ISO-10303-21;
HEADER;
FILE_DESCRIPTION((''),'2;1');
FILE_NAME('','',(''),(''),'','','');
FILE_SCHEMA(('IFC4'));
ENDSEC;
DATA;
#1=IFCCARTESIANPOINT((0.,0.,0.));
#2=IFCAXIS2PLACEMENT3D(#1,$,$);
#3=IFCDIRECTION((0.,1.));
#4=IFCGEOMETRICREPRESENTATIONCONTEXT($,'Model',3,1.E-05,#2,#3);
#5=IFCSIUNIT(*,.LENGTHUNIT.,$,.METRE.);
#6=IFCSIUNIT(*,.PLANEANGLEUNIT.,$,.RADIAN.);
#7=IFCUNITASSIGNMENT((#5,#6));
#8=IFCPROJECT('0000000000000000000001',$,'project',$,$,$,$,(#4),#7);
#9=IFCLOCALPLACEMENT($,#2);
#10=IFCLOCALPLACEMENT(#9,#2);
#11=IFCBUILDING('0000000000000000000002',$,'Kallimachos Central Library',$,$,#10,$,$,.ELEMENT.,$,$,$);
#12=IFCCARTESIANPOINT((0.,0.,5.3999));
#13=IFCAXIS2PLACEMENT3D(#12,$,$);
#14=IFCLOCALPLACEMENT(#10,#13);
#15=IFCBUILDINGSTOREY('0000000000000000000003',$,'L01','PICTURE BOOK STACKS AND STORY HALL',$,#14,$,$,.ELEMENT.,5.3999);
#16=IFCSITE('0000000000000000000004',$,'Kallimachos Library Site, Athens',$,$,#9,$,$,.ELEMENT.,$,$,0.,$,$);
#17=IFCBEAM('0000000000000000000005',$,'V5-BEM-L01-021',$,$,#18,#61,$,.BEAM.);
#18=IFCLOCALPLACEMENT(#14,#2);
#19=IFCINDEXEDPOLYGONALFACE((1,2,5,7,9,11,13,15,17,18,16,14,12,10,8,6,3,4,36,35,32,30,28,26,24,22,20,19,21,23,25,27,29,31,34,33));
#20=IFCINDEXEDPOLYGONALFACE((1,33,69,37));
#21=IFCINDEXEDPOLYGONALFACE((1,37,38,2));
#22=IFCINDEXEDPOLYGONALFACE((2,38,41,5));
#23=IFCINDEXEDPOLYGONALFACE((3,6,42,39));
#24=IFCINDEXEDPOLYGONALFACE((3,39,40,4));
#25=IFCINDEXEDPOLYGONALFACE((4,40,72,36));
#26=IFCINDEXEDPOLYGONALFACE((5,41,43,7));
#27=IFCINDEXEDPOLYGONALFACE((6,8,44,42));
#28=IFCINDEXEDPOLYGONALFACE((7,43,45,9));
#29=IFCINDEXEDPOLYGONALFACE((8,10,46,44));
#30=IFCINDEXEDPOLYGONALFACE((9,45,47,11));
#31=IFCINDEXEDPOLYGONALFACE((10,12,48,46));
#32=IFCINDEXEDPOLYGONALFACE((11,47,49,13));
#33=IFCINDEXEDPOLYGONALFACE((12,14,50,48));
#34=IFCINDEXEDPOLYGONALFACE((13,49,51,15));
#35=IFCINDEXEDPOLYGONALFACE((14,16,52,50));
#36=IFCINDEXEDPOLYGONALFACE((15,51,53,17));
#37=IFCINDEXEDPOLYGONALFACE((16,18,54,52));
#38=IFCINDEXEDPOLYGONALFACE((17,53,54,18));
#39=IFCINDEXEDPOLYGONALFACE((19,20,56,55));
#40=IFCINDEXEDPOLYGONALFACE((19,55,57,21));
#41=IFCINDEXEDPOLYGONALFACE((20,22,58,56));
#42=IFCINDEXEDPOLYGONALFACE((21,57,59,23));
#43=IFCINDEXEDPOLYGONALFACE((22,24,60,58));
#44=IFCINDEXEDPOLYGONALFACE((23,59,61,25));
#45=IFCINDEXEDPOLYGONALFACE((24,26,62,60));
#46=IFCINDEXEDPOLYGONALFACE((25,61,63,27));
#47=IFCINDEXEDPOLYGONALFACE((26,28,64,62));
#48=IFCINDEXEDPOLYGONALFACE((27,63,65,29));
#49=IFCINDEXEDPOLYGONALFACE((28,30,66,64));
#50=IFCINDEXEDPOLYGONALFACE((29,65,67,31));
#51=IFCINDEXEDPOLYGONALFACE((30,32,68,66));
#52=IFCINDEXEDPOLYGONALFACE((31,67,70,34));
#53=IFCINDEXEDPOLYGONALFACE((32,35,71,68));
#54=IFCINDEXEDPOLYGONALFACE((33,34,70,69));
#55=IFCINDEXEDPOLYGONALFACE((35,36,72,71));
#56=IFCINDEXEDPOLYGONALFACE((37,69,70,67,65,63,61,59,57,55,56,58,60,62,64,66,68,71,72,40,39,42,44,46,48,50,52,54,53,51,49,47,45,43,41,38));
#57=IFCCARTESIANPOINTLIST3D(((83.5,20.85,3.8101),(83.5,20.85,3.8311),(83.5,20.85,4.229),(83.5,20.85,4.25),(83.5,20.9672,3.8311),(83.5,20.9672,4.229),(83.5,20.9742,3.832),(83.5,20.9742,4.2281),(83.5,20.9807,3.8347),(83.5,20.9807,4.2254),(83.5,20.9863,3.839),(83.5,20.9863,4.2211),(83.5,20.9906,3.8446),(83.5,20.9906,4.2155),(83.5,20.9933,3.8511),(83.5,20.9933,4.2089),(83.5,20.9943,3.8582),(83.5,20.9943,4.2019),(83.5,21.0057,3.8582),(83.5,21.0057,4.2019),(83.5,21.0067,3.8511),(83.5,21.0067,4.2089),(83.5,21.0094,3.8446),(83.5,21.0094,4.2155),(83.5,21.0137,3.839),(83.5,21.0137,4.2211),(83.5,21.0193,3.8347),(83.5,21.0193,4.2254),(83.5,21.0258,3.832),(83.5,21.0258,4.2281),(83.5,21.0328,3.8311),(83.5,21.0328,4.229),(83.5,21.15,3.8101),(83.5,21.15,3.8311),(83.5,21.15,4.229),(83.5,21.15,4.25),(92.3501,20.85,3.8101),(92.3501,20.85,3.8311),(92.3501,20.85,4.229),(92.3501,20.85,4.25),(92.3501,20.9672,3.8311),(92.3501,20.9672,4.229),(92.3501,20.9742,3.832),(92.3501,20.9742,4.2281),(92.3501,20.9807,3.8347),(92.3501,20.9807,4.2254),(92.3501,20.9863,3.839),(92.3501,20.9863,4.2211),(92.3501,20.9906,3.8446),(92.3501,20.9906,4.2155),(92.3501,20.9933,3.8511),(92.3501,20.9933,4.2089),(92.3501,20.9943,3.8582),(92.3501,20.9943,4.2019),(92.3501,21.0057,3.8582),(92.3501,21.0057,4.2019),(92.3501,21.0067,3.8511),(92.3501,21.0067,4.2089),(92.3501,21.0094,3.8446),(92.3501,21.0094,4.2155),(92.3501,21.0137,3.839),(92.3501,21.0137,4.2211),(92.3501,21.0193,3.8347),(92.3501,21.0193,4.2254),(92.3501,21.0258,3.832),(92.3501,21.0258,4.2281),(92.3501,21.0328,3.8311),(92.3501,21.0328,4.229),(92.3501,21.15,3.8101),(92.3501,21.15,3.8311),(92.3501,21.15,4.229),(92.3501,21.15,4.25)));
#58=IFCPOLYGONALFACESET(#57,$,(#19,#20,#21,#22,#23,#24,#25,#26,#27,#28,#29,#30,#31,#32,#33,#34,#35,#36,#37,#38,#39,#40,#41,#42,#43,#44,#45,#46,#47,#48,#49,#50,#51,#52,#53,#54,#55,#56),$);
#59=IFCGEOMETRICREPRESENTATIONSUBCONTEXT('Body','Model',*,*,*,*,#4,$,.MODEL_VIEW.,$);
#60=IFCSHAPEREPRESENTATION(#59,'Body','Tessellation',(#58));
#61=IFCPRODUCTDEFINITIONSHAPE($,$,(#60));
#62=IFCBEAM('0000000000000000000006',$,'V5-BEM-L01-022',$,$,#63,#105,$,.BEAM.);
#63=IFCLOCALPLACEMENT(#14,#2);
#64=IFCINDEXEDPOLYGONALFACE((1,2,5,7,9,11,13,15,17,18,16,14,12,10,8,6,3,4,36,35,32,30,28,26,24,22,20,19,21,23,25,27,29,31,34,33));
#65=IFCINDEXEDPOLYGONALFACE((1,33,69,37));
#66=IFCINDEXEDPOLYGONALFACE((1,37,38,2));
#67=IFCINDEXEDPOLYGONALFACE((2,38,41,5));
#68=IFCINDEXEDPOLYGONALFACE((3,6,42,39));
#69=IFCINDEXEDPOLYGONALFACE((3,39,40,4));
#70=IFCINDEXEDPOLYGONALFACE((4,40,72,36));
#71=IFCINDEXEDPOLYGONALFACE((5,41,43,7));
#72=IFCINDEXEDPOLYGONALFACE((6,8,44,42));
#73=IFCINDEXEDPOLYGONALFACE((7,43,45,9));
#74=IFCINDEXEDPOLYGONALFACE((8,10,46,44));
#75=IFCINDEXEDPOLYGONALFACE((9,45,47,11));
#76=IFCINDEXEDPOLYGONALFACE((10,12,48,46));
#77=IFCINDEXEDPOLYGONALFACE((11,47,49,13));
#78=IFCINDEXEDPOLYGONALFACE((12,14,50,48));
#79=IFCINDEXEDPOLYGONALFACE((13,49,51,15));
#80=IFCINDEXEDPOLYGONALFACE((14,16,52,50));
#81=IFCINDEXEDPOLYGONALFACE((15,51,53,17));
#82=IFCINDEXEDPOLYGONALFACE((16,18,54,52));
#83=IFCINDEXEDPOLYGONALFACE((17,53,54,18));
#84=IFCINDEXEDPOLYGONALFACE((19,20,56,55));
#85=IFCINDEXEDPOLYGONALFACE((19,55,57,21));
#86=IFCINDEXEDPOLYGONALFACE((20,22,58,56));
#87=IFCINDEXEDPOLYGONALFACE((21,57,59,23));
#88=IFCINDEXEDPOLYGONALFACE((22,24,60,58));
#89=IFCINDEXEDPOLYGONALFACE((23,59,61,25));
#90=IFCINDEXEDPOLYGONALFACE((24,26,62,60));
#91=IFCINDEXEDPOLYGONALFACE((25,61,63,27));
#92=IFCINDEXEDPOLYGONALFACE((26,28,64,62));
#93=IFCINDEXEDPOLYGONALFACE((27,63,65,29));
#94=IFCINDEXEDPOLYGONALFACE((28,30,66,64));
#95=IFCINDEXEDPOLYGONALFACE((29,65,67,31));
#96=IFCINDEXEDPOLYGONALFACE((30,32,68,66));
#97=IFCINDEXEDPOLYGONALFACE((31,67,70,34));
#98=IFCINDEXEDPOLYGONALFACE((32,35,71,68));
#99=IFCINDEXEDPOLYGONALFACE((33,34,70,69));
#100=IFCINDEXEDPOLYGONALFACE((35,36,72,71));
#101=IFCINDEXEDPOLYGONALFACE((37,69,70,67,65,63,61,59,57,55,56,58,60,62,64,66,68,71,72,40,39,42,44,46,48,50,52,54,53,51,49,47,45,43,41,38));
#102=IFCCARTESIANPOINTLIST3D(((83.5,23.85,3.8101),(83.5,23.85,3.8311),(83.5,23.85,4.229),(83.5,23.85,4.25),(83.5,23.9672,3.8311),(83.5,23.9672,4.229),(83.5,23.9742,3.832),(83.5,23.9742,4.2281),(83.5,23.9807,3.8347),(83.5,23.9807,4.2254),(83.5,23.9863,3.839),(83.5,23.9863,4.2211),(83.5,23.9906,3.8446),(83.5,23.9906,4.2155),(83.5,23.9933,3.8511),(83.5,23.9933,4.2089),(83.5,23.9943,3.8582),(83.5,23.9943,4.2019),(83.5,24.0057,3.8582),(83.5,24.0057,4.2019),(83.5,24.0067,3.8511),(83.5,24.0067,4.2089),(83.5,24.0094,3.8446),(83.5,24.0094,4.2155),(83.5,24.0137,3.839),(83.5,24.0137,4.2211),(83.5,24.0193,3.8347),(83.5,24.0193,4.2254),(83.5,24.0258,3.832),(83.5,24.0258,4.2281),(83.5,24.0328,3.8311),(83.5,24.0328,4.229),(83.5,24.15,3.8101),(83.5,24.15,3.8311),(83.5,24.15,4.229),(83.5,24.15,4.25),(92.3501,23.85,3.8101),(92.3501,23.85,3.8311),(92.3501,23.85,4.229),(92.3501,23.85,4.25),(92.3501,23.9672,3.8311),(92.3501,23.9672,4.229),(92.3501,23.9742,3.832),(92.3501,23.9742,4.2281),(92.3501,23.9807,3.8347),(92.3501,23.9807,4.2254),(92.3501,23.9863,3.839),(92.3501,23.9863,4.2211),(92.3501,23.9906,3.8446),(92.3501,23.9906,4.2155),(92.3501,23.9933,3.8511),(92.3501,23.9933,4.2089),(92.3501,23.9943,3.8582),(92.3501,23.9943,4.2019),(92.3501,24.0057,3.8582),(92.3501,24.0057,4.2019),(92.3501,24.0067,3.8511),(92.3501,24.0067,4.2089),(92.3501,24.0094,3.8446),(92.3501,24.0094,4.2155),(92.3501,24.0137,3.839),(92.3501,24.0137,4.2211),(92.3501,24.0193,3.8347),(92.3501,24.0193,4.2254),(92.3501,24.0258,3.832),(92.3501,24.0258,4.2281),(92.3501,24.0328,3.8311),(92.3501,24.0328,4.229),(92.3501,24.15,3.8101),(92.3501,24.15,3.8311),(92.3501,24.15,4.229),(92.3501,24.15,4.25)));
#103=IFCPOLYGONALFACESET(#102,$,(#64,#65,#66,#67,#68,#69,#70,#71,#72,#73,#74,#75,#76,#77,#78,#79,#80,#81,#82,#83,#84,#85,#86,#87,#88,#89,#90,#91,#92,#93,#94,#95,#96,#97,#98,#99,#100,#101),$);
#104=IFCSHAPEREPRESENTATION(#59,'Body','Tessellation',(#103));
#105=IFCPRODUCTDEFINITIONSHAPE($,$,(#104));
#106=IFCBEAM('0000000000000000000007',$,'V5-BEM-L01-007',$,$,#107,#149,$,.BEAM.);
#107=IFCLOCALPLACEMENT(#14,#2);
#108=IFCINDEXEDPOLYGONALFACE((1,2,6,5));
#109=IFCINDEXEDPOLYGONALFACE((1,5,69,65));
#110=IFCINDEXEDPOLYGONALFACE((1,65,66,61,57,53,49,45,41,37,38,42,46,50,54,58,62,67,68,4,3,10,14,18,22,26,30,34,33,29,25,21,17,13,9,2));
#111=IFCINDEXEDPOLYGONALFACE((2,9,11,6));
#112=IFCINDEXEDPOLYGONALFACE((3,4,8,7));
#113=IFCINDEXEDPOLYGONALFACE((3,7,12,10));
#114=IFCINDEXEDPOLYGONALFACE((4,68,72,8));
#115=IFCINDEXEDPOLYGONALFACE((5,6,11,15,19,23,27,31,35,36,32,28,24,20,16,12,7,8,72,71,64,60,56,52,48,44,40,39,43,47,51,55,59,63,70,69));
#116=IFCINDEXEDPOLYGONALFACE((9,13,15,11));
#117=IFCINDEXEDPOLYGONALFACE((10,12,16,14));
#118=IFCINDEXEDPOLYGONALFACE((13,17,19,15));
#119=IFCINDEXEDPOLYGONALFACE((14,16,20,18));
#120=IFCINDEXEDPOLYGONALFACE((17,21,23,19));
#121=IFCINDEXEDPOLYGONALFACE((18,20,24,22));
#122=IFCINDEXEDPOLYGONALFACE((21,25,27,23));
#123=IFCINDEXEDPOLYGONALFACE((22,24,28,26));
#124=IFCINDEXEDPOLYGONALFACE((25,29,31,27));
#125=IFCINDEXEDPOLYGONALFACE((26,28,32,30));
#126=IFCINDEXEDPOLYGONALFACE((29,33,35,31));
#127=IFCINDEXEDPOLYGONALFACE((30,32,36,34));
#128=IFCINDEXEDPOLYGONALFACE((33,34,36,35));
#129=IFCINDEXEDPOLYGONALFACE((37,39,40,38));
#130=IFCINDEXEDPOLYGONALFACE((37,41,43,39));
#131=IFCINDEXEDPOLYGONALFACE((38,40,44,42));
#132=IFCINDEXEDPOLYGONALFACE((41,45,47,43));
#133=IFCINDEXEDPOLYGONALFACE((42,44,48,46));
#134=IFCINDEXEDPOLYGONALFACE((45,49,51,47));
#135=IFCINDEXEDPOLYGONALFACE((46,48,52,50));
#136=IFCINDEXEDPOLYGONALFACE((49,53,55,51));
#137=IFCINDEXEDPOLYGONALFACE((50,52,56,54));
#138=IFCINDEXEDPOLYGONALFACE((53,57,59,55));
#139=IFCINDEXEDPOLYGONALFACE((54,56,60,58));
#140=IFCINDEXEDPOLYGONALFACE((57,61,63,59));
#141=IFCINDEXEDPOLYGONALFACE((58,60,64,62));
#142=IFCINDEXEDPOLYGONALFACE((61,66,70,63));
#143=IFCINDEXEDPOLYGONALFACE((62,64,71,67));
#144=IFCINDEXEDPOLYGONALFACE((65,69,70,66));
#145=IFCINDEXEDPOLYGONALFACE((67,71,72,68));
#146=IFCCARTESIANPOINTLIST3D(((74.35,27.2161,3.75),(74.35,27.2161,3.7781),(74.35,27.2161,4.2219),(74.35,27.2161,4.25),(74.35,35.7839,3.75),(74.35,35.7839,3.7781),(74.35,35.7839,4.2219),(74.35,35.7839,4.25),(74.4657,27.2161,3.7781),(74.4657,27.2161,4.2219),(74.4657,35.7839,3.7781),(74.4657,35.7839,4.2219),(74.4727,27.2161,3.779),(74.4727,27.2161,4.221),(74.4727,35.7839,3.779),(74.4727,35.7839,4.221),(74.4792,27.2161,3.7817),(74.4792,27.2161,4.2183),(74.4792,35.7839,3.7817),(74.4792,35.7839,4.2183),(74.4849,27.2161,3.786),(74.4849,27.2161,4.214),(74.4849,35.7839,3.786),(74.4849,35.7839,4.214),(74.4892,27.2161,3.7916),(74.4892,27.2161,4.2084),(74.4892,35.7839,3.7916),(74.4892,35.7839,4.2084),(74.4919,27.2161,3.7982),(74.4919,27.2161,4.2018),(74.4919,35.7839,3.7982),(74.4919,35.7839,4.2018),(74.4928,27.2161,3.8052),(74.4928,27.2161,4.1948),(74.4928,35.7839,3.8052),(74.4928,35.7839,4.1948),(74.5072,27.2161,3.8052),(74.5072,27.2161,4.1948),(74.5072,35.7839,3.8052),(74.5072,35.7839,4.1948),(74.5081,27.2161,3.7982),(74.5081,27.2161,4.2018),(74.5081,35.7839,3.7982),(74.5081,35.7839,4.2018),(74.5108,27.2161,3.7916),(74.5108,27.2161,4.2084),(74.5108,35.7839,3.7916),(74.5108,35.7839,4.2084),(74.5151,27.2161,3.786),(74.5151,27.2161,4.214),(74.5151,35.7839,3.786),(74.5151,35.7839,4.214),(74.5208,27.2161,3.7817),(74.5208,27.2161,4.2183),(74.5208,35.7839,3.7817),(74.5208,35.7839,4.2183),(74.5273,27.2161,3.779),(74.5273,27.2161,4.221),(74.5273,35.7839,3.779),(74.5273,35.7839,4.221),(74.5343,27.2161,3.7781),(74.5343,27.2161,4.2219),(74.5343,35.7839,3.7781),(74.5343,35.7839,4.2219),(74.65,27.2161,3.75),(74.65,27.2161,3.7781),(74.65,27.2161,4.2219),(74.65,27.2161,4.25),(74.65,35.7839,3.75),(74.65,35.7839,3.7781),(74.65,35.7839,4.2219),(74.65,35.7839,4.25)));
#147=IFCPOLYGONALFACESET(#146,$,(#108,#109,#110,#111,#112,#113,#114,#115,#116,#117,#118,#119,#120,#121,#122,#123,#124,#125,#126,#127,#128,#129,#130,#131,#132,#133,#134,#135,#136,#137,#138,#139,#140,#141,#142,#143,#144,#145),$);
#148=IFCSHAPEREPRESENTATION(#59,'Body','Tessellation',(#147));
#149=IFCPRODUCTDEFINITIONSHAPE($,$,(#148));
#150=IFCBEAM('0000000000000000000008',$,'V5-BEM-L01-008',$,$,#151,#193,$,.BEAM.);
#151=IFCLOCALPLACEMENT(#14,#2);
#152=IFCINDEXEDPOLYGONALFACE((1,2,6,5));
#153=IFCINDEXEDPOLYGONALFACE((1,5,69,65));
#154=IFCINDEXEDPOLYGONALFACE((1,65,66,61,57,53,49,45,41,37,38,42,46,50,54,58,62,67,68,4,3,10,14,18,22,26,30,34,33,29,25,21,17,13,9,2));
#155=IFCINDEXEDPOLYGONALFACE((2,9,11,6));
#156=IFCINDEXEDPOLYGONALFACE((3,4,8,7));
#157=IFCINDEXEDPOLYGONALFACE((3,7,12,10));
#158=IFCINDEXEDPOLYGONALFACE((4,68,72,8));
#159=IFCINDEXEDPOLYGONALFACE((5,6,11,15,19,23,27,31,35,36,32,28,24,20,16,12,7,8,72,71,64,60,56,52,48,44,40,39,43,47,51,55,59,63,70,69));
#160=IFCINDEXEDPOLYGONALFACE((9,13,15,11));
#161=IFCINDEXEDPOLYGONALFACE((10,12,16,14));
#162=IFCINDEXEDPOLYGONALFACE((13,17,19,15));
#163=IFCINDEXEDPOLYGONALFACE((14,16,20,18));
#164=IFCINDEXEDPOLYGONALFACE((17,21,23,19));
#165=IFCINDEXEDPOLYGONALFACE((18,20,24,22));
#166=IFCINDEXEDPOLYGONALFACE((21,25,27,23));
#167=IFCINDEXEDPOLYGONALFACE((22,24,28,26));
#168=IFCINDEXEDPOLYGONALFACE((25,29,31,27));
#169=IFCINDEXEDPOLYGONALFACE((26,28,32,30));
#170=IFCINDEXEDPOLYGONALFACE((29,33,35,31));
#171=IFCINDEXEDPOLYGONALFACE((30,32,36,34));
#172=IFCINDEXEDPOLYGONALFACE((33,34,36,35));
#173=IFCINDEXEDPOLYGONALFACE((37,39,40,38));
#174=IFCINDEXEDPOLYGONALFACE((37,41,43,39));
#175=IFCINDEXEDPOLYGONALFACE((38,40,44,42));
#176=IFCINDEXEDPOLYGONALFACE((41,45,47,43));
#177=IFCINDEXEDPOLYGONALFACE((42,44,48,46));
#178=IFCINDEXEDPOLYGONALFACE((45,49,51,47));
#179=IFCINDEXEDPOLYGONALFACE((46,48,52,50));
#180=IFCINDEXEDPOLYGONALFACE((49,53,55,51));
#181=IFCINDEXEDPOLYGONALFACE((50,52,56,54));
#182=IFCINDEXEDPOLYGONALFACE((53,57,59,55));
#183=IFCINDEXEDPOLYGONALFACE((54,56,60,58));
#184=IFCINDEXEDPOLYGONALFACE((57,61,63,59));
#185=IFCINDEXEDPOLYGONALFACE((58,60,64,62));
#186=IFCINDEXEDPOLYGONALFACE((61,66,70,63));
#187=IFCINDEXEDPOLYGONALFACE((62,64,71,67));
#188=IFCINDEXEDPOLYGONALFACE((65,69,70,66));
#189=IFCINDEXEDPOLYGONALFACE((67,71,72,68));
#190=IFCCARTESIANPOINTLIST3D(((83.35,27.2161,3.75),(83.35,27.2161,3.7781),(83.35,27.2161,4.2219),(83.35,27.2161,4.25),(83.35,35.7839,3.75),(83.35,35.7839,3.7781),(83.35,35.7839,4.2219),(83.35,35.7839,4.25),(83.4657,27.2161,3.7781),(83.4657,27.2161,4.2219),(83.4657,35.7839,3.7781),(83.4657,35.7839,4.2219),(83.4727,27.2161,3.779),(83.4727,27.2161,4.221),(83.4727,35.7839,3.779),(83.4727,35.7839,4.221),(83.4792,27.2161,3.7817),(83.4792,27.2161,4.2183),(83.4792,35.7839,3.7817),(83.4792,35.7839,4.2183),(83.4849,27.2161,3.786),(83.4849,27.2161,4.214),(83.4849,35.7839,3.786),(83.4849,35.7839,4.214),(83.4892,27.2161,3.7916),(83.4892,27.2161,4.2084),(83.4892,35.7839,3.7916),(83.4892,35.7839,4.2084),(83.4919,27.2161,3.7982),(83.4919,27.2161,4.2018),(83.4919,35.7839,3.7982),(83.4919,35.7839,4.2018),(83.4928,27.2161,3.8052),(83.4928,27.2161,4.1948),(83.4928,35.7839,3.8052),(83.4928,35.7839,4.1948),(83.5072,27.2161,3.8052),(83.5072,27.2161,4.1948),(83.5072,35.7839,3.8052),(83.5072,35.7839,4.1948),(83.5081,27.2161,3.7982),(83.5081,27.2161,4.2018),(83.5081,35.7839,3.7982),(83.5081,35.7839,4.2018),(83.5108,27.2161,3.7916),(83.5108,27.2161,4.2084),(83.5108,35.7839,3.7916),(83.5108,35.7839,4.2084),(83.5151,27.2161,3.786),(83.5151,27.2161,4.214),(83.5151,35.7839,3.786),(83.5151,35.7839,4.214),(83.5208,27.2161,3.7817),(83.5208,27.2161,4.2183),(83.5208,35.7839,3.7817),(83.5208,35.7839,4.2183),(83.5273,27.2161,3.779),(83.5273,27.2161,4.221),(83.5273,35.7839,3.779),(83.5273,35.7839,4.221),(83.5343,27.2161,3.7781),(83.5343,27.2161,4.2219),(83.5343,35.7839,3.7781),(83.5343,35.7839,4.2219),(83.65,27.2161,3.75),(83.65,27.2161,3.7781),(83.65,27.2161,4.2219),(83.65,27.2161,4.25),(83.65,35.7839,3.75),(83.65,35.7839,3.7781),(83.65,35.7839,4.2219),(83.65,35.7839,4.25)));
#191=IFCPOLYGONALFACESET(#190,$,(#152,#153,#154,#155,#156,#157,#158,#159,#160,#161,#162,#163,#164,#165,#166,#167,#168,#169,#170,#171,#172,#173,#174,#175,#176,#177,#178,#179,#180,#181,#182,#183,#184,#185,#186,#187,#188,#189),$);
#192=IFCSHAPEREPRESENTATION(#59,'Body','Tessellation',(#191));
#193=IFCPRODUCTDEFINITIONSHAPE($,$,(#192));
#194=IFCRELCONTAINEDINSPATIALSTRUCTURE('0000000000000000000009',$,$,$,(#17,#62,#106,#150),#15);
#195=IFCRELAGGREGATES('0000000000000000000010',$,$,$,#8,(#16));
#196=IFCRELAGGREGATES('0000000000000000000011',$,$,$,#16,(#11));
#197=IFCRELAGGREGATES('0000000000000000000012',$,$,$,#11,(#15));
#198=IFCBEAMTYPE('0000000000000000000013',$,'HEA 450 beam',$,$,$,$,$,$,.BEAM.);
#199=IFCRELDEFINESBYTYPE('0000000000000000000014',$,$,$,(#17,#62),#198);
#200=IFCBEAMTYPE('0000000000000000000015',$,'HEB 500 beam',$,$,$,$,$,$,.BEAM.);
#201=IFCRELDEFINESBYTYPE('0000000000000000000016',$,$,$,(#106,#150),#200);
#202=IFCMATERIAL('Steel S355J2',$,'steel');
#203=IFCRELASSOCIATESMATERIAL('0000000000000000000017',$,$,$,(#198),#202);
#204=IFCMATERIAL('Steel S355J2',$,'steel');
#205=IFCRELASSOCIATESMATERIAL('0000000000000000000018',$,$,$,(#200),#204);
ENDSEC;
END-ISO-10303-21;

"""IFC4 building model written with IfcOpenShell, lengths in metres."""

from ifc_helpers import new_model, si_unit, direction, frame, origin, origin_2d, place, context, subcontext, project, spatial, i_section, extrude, material, material_profile, profile_set, type_object, element, save


model = new_model("IFC4")

# Units and contexts
model_context = context("Model", 3, precision=1e-05, world=origin(), true_north=direction((0.0, 1.0)))
body_context = subcontext(model_context, "Body", "Model", "MODEL_VIEW")
ifc_project = project(units=[si_unit("LENGTHUNIT", "METRE"), si_unit("PLANEANGLEUNIT", "RADIAN")], contexts=[model_context])

# Site, building, storey
site_placement = place(None, origin())
site = spatial("IfcSite", under=ifc_project, at=site_placement, Name="Kallimachos Library Site, Athens", CompositionType="ELEMENT", RefElevation=0.0)
building_placement = place(site_placement, origin())
building = spatial("IfcBuilding", under=site, at=building_placement, Name="Kallimachos Central Library", CompositionType="ELEMENT")
storey_placement = place(building_placement, frame((0.0, 0.0, 5.3999)))
storey = spatial("IfcBuildingStorey", under=building, at=storey_placement, Name="L01", Description="PICTURE BOOK STACKS AND STORY HALL", CompositionType="ELEMENT", Elevation=5.3999)

# Beams
ifc_material_1 = material(Name="Steel S355J2", Category="steel")
ifc_material_profile_1 = material_profile(ifc_material_1, i_section(OverallWidth=0.3, OverallDepth=0.4399, WebThickness=0.0115, FlangeThickness=0.021, FilletRadius=0.0271, at=origin_2d()), Name="HEA 450")
ifc_profile_set_1 = profile_set([ifc_material_profile_1], Name="Steel S355J2")
beam_type_1 = type_object("IfcBeamType", Name="HEA 450 beam", PredefinedType="BEAM", material=ifc_profile_set_1)
for number, where, z_axis, x_axis, name in (
    (1, (83.5, 21.0, 4.03), (1.0, 0.0, 0.0), (0.0, 1.0, 0.0), "V5-BEM-L01-021"),
    (2, (83.5, 24.0, 4.03), (1.0, 0.0, 0.0), (0.0, 1.0, 0.0), "V5-BEM-L01-022"),
):
    element("IfcBeam", number, at=place(storey_placement, frame(where, z_axis=z_axis, x_axis=x_axis)), inside=storey, type_object=beam_type_1, Name=name, PredefinedType="BEAM", context=body_context, shape_type="SweptSolid", body=[
        extrude(i_section(OverallWidth=0.3, OverallDepth=0.4399, WebThickness=0.0115, FlangeThickness=0.021, FilletRadius=0.0271, at=origin_2d()), origin(), (0.0, 0.0, 1.0), 8.8501),
    ])
ifc_material_2 = material(Name="Steel S355J2", Category="steel")
ifc_material_profile_2 = material_profile(ifc_material_2, i_section(OverallWidth=0.3, OverallDepth=0.5, WebThickness=0.0144, FlangeThickness=0.0281, FilletRadius=0.0271, at=origin_2d()), Name="HEB 500")
ifc_profile_set_2 = profile_set([ifc_material_profile_2], Name="Steel S355J2")
beam_type_2 = type_object("IfcBeamType", Name="HEB 500 beam", PredefinedType="BEAM", material=ifc_profile_set_2)
for number, where, z_axis, x_axis, name in (
    (3, (74.5, 27.2161, 4.0), (0.0, 1.0, 0.0), (-1.0, 0.0, 0.0), "V5-BEM-L01-007"),
    (4, (83.5, 27.2161, 4.0), (0.0, 1.0, 0.0), (-1.0, 0.0, 0.0), "V5-BEM-L01-008"),
):
    element("IfcBeam", number, at=place(storey_placement, frame(where, z_axis=z_axis, x_axis=x_axis)), inside=storey, type_object=beam_type_2, Name=name, PredefinedType="BEAM", context=body_context, shape_type="SweptSolid", body=[
        extrude(i_section(OverallWidth=0.3, OverallDepth=0.5, WebThickness=0.0144, FlangeThickness=0.0281, FilletRadius=0.0271, at=origin_2d()), origin(), (0.0, 0.0, 1.0), 8.5679),
    ])

save(model, "model.ifc")
